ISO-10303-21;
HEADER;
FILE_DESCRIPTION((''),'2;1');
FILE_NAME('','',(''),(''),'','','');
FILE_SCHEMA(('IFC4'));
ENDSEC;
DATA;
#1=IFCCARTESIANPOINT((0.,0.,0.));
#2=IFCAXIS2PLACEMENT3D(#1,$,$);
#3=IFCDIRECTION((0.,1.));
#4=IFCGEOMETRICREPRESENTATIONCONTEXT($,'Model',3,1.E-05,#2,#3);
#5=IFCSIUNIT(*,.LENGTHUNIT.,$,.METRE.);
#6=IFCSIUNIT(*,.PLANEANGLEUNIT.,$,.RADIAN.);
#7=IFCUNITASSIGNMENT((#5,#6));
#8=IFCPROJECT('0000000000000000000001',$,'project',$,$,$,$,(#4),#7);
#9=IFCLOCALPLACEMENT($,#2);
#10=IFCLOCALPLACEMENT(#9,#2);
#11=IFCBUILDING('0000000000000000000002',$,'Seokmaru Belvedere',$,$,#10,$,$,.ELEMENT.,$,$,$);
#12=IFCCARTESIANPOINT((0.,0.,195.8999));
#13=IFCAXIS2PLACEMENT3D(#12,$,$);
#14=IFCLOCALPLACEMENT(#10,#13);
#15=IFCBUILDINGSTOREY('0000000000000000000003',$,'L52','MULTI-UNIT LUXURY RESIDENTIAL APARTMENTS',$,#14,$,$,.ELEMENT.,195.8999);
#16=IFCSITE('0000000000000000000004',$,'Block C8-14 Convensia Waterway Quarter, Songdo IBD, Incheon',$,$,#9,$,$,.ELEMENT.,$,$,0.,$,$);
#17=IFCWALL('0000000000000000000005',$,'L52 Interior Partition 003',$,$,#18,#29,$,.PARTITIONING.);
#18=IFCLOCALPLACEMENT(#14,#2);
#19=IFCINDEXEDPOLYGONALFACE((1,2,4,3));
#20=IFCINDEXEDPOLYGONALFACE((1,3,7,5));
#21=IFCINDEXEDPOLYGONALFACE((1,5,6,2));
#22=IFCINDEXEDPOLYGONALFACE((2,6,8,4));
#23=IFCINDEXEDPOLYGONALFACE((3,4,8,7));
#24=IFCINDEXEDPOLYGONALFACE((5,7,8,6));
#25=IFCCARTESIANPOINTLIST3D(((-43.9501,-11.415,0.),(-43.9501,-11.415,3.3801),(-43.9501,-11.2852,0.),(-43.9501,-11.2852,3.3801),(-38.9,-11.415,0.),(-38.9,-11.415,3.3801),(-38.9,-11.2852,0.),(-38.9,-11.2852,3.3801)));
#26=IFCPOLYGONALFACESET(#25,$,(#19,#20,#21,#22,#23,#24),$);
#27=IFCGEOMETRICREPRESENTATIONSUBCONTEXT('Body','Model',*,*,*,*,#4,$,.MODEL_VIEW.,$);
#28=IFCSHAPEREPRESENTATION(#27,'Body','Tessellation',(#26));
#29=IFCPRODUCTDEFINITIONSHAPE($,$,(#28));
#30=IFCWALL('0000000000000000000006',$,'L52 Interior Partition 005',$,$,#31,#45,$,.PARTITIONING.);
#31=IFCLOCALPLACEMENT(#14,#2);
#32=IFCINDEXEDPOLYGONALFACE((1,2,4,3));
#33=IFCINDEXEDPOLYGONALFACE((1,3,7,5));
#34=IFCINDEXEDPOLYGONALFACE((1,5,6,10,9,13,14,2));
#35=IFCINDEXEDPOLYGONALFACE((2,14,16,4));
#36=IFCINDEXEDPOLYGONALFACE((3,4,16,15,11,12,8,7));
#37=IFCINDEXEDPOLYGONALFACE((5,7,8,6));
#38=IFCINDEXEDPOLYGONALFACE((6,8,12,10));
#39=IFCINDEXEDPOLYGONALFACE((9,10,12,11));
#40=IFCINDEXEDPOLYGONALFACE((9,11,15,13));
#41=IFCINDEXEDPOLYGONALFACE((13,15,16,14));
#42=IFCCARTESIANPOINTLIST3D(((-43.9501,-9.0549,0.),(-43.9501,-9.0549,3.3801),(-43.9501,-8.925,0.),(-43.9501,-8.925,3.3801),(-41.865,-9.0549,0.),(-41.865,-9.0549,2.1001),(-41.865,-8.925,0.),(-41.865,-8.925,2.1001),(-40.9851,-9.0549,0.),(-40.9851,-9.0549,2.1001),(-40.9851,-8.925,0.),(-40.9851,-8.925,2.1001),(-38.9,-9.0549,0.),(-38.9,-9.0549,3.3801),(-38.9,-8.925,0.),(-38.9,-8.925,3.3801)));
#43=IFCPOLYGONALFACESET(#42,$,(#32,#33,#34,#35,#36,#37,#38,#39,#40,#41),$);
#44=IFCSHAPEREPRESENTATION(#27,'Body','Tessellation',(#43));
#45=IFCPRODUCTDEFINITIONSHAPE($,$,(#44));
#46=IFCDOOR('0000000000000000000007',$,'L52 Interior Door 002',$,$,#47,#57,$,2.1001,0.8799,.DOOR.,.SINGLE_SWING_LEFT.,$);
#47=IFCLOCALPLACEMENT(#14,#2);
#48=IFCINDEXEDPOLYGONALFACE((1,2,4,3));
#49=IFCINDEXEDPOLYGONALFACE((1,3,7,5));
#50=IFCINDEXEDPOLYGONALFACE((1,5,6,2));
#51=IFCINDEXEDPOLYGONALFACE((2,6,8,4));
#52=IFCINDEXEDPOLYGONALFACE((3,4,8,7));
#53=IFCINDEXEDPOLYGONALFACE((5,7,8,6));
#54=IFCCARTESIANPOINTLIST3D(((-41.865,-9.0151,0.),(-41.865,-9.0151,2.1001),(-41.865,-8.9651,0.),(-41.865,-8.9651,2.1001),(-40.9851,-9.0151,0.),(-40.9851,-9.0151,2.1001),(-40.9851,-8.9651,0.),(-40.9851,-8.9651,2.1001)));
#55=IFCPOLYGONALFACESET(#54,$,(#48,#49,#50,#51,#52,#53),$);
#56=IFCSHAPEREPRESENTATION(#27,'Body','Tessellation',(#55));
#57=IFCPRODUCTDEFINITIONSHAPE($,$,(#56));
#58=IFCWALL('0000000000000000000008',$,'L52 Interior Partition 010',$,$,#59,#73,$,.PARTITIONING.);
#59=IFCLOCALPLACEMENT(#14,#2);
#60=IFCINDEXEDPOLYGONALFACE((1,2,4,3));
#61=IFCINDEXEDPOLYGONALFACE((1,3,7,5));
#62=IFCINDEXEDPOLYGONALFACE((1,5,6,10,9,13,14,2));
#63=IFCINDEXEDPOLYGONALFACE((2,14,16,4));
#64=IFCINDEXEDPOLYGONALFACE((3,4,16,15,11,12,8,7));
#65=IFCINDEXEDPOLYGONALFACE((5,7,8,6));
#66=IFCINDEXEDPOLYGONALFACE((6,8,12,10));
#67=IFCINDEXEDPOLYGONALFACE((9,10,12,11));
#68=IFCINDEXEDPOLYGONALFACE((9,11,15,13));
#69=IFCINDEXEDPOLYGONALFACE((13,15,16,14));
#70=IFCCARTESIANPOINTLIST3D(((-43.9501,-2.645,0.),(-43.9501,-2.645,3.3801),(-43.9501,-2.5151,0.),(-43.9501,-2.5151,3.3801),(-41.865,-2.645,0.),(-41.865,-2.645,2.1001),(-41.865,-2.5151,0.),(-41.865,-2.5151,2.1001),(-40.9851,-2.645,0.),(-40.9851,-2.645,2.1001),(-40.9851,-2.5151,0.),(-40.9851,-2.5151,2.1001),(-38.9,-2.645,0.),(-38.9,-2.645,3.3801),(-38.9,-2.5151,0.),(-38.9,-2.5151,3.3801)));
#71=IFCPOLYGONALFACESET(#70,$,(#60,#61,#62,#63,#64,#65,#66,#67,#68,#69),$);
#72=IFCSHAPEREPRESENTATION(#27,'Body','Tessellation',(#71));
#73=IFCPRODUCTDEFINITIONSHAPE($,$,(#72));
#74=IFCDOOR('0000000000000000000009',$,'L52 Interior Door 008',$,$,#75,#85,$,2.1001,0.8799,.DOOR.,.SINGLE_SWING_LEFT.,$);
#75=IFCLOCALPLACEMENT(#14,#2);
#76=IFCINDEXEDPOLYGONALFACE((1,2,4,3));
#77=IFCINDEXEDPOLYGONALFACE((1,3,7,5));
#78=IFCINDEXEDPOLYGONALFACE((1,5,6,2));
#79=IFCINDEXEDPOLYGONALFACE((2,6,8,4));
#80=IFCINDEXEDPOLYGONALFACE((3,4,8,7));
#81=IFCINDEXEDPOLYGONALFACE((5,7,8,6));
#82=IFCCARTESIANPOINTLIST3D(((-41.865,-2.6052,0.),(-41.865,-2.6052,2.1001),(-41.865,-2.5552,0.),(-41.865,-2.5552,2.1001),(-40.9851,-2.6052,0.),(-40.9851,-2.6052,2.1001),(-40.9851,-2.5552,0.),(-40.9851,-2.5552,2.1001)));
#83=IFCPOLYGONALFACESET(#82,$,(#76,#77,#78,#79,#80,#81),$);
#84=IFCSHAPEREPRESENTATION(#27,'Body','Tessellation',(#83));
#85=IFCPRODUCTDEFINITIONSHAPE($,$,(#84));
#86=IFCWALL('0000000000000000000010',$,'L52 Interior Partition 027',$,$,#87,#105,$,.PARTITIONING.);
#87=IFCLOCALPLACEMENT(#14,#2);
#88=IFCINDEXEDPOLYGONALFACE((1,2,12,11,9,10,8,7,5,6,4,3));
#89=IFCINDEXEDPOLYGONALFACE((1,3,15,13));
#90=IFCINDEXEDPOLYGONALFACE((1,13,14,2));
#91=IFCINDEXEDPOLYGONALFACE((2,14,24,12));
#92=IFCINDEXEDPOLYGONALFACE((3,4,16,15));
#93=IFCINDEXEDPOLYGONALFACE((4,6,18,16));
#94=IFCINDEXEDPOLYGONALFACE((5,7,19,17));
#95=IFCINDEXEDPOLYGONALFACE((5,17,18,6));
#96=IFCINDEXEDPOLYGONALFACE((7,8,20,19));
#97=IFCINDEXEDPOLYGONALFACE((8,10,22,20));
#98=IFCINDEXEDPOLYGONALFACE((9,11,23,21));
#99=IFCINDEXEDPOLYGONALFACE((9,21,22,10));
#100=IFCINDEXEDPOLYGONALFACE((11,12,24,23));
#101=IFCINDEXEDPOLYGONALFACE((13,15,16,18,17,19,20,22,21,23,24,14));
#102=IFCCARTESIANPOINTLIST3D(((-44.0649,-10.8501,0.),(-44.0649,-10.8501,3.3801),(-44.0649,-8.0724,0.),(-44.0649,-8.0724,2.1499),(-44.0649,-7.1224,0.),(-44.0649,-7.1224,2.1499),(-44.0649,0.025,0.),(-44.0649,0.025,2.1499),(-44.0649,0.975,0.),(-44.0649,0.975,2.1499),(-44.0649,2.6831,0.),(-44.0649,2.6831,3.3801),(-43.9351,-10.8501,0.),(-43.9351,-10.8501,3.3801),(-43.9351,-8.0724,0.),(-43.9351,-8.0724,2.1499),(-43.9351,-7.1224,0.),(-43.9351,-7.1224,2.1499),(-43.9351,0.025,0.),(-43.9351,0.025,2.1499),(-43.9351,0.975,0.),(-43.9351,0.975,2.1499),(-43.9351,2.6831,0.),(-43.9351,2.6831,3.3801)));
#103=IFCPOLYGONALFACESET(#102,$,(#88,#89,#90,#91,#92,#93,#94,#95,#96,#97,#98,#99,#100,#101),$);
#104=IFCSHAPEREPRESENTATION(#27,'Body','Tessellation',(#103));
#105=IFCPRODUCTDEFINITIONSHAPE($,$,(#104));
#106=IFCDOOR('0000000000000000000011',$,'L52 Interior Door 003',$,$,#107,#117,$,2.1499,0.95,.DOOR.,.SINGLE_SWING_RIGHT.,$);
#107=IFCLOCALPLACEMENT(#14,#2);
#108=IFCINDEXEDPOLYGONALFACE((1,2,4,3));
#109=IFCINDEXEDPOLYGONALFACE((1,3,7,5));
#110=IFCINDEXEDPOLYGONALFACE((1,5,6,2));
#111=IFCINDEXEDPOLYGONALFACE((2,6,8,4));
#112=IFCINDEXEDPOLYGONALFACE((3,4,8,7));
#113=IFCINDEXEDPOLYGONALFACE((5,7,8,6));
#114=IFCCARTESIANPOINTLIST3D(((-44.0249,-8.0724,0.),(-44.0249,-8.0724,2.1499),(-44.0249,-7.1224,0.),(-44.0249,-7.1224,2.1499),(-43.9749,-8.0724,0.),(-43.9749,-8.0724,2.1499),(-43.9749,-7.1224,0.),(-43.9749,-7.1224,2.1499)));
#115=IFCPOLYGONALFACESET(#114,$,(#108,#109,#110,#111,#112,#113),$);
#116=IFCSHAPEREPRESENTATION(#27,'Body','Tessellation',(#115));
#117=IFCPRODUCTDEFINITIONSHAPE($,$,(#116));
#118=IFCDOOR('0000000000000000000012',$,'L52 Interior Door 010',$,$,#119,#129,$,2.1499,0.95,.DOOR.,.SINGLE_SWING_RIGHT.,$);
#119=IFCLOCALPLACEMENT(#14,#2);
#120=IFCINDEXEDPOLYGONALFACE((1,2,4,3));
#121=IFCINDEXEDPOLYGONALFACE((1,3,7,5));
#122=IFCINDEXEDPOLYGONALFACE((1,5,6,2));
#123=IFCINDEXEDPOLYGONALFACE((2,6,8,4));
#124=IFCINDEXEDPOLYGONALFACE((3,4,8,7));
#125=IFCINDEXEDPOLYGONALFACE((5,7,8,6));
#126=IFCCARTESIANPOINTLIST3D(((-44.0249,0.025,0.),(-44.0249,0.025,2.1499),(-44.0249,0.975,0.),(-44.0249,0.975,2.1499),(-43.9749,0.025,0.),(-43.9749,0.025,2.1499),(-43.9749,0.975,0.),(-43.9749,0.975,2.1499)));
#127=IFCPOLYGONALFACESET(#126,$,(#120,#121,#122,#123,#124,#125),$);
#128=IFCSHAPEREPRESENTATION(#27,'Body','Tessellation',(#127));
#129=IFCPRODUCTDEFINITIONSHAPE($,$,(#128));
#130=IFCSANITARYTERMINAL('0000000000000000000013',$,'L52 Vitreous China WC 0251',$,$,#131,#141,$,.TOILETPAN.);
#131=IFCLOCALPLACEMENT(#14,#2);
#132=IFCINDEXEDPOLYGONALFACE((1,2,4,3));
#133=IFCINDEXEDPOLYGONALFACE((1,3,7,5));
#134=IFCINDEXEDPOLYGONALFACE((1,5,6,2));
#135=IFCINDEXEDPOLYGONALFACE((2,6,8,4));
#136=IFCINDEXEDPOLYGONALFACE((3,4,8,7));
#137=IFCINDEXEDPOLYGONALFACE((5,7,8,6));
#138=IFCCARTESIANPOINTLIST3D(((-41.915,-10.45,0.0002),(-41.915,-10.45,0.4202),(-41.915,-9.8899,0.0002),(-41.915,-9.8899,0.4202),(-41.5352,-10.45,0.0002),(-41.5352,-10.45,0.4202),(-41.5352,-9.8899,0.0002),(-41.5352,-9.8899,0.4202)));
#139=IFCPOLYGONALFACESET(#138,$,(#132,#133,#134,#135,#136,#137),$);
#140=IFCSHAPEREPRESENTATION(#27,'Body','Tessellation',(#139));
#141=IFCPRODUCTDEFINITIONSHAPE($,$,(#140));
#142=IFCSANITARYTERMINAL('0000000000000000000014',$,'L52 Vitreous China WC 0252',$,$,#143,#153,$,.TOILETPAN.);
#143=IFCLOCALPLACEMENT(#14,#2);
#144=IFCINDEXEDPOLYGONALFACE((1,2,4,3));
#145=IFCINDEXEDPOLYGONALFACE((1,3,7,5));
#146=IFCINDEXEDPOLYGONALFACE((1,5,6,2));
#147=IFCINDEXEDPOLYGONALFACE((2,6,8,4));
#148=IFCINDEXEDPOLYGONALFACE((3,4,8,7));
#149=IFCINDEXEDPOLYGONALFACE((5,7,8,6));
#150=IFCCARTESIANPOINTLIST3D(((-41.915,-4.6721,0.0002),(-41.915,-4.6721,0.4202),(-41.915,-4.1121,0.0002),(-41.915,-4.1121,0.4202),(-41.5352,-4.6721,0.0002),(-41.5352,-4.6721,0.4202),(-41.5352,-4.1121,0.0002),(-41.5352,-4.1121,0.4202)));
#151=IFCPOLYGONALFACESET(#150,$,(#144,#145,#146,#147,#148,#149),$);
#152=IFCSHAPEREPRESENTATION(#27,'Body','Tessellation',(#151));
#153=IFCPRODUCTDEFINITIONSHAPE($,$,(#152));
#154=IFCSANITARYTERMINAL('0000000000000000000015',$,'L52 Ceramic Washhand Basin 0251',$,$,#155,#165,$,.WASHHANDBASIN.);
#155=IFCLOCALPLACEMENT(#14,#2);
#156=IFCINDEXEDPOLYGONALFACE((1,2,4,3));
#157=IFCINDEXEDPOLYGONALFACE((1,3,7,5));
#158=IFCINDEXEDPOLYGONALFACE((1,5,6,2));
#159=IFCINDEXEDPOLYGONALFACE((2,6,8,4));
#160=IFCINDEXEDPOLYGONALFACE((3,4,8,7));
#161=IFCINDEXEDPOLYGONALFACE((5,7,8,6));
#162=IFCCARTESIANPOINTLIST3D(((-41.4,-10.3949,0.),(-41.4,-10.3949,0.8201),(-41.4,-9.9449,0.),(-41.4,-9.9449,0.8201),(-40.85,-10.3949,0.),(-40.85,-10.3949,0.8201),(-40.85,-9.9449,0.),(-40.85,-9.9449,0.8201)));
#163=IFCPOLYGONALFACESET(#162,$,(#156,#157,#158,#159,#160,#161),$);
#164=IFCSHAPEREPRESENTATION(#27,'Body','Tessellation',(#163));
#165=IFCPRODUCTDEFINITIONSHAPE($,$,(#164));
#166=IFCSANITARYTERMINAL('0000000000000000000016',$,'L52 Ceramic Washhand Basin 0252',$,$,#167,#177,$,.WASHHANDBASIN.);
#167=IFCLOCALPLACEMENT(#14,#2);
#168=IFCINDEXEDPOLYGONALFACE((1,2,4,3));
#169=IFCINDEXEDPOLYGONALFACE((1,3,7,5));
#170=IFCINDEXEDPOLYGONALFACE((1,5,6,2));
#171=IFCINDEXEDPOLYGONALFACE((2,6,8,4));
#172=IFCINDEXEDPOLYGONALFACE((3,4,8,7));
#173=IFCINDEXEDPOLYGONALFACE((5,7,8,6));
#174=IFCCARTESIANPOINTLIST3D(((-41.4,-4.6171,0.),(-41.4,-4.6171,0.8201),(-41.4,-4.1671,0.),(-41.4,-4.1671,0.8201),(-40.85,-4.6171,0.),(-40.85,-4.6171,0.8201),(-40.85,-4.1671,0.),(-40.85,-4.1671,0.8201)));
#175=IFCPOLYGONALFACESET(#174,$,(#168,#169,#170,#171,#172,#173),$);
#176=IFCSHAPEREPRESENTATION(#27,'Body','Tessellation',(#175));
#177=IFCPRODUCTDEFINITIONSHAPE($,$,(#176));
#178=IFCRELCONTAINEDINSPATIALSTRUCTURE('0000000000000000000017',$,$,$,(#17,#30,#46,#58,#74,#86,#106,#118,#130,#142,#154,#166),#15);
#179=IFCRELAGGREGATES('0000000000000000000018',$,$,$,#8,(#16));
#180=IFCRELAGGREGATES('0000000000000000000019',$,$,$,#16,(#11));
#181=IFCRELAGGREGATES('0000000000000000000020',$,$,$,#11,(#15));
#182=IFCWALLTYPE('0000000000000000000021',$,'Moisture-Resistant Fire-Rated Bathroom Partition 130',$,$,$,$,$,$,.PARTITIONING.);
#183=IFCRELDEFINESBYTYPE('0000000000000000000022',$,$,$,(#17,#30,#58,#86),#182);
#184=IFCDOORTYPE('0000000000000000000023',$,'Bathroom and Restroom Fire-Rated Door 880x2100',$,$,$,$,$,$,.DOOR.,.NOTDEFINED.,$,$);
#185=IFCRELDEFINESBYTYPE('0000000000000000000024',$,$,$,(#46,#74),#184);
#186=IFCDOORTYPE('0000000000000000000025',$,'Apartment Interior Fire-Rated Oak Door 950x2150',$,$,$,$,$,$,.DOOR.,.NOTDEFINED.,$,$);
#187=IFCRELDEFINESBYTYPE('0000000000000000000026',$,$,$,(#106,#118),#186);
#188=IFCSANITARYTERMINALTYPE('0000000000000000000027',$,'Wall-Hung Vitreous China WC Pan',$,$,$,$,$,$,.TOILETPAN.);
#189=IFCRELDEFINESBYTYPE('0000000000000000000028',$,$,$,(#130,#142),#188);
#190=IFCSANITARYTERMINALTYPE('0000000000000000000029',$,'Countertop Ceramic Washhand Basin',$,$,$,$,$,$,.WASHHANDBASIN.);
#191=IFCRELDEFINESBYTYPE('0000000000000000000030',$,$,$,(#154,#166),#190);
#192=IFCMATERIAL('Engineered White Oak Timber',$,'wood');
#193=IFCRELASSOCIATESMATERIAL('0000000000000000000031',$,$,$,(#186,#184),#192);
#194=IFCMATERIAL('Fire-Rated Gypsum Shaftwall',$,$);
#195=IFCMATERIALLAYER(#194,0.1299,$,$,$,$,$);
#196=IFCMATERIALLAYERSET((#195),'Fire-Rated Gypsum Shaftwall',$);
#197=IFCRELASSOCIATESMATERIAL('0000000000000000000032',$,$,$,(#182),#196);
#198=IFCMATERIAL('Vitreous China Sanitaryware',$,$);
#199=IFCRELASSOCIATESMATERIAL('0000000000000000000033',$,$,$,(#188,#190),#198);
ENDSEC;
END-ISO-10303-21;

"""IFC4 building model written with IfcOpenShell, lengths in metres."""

from ifc_helpers import new_model, si_unit, direction, frame, frame_2d, origin, origin_2d, place, context, subcontext, project, spatial, rectangle, extrude, source, transform, mapped, material, layer, layer_set, type_object, type_shapes, element, fill, save


model = new_model("IFC4")

# Units and contexts
model_context = context("Model", 3, precision=1e-05, world=origin(), true_north=direction((0.0, 1.0)))
body_context = subcontext(model_context, "Body", "Model", "MODEL_VIEW")
ifc_project = project(units=[si_unit("LENGTHUNIT", "METRE"), si_unit("PLANEANGLEUNIT", "RADIAN")], contexts=[model_context])

# Site, building, storey
site_placement = place(None, origin())
site = spatial("IfcSite", under=ifc_project, at=site_placement, Name="Block C8-14 Convensia Waterway Quarter, Songdo IBD, Incheon", CompositionType="ELEMENT", RefElevation=0.0)
building_placement = place(site_placement, origin())
building = spatial("IfcBuilding", under=site, at=building_placement, Name="Seokmaru Belvedere", CompositionType="ELEMENT")
storey_placement = place(building_placement, frame((0.0, 0.0, 195.8999)))
storey = spatial("IfcBuildingStorey", under=building, at=storey_placement, Name="L52", Description="MULTI-UNIT LUXURY RESIDENTIAL APARTMENTS", CompositionType="ELEMENT", Elevation=195.8999)

# Shared definitions
ifc_material_1 = material(Name="Fire-Rated Gypsum Shaftwall")
ifc_material_2 = material(Name="Engineered White Oak Timber", Category="wood")
door_type_1 = type_object("IfcDoorType", Name="Apartment Interior Fire-Rated Oak Door 950x2150", OperationType="NOTDEFINED", PredefinedType="DOOR", material=ifc_material_2)
shared_shape_1 = source(origin(), body_context, "Body", "SweptSolid", [
    extrude(rectangle(XDim=0.95, YDim=2.1499, at=frame_2d((0.4751, 1.075))), frame((0.0, 0.0249, 0.0), z_axis=(0.0, -1.0, 0.0), x_axis=(1.0, 0.0, 0.0)), (0.0, 0.0, 1.0), 0.05),
])
type_shapes(door_type_1, [shared_shape_1])

# Wall
ifc_layer_1 = layer(ifc_material_1, 0.1299)
ifc_layer_set_1 = layer_set([ifc_layer_1], Name="Fire-Rated Gypsum Shaftwall")
wall_type_1 = type_object("IfcWallType", Name="Moisture-Resistant Fire-Rated Bathroom Partition 130", PredefinedType="PARTITIONING", material=ifc_layer_set_1)
wall_1_placement = place(storey_placement, frame((-43.95, -11.3501, 0.0), z_axis=(0.0, 0.0, 1.0), x_axis=(1.0, 0.0, 0.0)))
element("IfcWall", 1, at=wall_1_placement, inside=storey, type_object=wall_type_1, Name="L52 Interior Partition 003", PredefinedType="PARTITIONING", context=body_context, shape_type="SweptSolid", body=[
    extrude(rectangle(XDim=5.05, YDim=0.1299, at=frame_2d((2.5249, 0.0))), origin(), (0.0, 0.0, 1.0), 3.3801),
])

# Walls, openings, doors
wall_2_placement = place(storey_placement, frame((-43.95, -8.99, 0.0), z_axis=(0.0, 0.0, 1.0), x_axis=(1.0, 0.0, 0.0)))
wall_2 = element("IfcWall", 2, at=wall_2_placement, inside=storey, type_object=wall_type_1, Name="L52 Interior Partition 005", PredefinedType="PARTITIONING", context=body_context, shape_type="SweptSolid", body=[
    extrude(rectangle(XDim=5.05, YDim=0.1299, at=frame_2d((2.5249, 0.0))), origin(), (0.0, 0.0, 1.0), 3.3801),
])
opening_1_placement = place(wall_2_placement, frame((2.085, 0.0, 0.0)))
opening_1 = element("IfcOpeningElement", 3, at=opening_1_placement, cuts=wall_2, PredefinedType="OPENING", context=body_context, shape_type="SweptSolid", body=[
    extrude(rectangle(XDim=0.8799, YDim=2.1001, at=frame_2d((0.4399, 1.05))), frame((0.0, 0.075, 0.0), z_axis=(0.0, -1.0, 0.0), x_axis=(1.0, 0.0, 0.0)), (0.0, 0.0, 1.0), 0.1499),
])
door_type_2 = type_object("IfcDoorType", Name="Bathroom and Restroom Fire-Rated Door 880x2100", OperationType="NOTDEFINED", PredefinedType="DOOR", material=ifc_material_2)
shared_shape_2 = source(origin(), body_context, "Body", "SweptSolid", [
    extrude(rectangle(XDim=0.8799, YDim=2.1001, at=frame_2d((0.4399, 1.05))), frame((0.0, 0.0249, 0.0), z_axis=(0.0, -1.0, 0.0), x_axis=(1.0, 0.0, 0.0)), (0.0, 0.0, 1.0), 0.05),
])
type_shapes(door_type_2, [shared_shape_2])
door_1_placement = place(opening_1_placement, origin())
door_1 = element("IfcDoor", 4, at=door_1_placement, inside=storey, type_object=door_type_2, Name="L52 Interior Door 002", OperationType="SINGLE_SWING_LEFT", OverallHeight=2.1001, OverallWidth=0.8799, PredefinedType="DOOR", context=body_context, shape_type="MappedRepresentation", body=[
    mapped(shared_shape_2, transform((0.0, 0.0, 0.0), scale=1.0)),
])
fill(opening_1, door_1)
wall_3_placement = place(storey_placement, frame((-43.95, -2.5801, 0.0), z_axis=(0.0, 0.0, 1.0), x_axis=(1.0, 0.0, 0.0)))
wall_3 = element("IfcWall", 5, at=wall_3_placement, inside=storey, type_object=wall_type_1, Name="L52 Interior Partition 010", PredefinedType="PARTITIONING", context=body_context, shape_type="SweptSolid", body=[
    extrude(rectangle(XDim=5.05, YDim=0.1299, at=frame_2d((2.5249, 0.0))), origin(), (0.0, 0.0, 1.0), 3.3801),
])
opening_2_placement = place(wall_3_placement, frame((2.085, 0.0, 0.0)))
opening_2 = element("IfcOpeningElement", 6, at=opening_2_placement, cuts=wall_3, PredefinedType="OPENING", context=body_context, shape_type="SweptSolid", body=[
    extrude(rectangle(XDim=0.8799, YDim=2.1001, at=frame_2d((0.4399, 1.05))), frame((0.0, 0.075, 0.0), z_axis=(0.0, -1.0, 0.0), x_axis=(1.0, 0.0, 0.0)), (0.0, 0.0, 1.0), 0.1499),
])
door_2_placement = place(opening_2_placement, origin())
door_2 = element("IfcDoor", 7, at=door_2_placement, inside=storey, type_object=door_type_2, Name="L52 Interior Door 008", OperationType="SINGLE_SWING_LEFT", OverallHeight=2.1001, OverallWidth=0.8799, PredefinedType="DOOR", context=body_context, shape_type="MappedRepresentation", body=[
    mapped(shared_shape_2, transform((0.0, 0.0, 0.0), scale=1.0)),
])
fill(opening_2, door_2)

# Wall, openings, doors
wall_4_placement = place(storey_placement, frame((-44.0, -10.8501, 0.0), z_axis=(0.0, 0.0, 1.0), x_axis=(0.0, 1.0, 0.0)))
wall_4 = element("IfcWall", 8, at=wall_4_placement, inside=storey, type_object=wall_type_1, Name="L52 Interior Partition 027", PredefinedType="PARTITIONING", context=body_context, shape_type="SweptSolid", body=[
    extrude(rectangle(XDim=13.5332, YDim=0.1299, at=frame_2d((6.7666, 0.0))), origin(), (0.0, 0.0, 1.0), 3.3801),
])
opening_3_placement = place(wall_4_placement, frame((2.7776, 0.0, 0.0)))
opening_3 = element("IfcOpeningElement", 9, at=opening_3_placement, cuts=wall_4, PredefinedType="OPENING", context=body_context, shape_type="SweptSolid", body=[
    extrude(rectangle(XDim=0.95, YDim=2.1499, at=frame_2d((0.4751, 1.075))), frame((0.0, 0.075, 0.0), z_axis=(0.0, -1.0, 0.0), x_axis=(1.0, 0.0, 0.0)), (0.0, 0.0, 1.0), 0.1499),
])
opening_4_placement = place(wall_4_placement, frame((10.875, 0.0, 0.0)))
opening_4 = element("IfcOpeningElement", 10, at=opening_4_placement, cuts=wall_4, PredefinedType="OPENING", context=body_context, shape_type="SweptSolid", body=[
    extrude(rectangle(XDim=0.95, YDim=2.1499, at=frame_2d((0.4751, 1.075))), frame((0.0, 0.075, 0.0), z_axis=(0.0, -1.0, 0.0), x_axis=(1.0, 0.0, 0.0)), (0.0, 0.0, 1.0), 0.1499),
])
door_3_placement = place(opening_3_placement, origin())
door_3 = element("IfcDoor", 11, at=door_3_placement, inside=storey, type_object=door_type_1, Name="L52 Interior Door 003", OperationType="SINGLE_SWING_RIGHT", OverallHeight=2.1499, OverallWidth=0.95, PredefinedType="DOOR", context=body_context, shape_type="MappedRepresentation", body=[
    mapped(shared_shape_1, transform((0.0, 0.0, 0.0), scale=1.0)),
])
fill(opening_3, door_3)
door_4_placement = place(opening_4_placement, origin())
door_4 = element("IfcDoor", 12, at=door_4_placement, inside=storey, type_object=door_type_1, Name="L52 Interior Door 010", OperationType="SINGLE_SWING_RIGHT", OverallHeight=2.1499, OverallWidth=0.95, PredefinedType="DOOR", context=body_context, shape_type="MappedRepresentation", body=[
    mapped(shared_shape_1, transform((0.0, 0.0, 0.0), scale=1.0)),
])
fill(opening_4, door_4)

# Sanitary terminals
ifc_material_3 = material(Name="Vitreous China Sanitaryware")
sanitary_terminal_type_1 = type_object("IfcSanitaryTerminalType", Name="Wall-Hung Vitreous China WC Pan", PredefinedType="TOILETPAN", material=ifc_material_3)
shared_shape_3 = source(origin(), body_context, "Body", "SweptSolid", [
    extrude(rectangle(XDim=0.3799, YDim=0.5601, at=origin_2d()), origin(), (0.0, 0.0, 1.0), 0.4199),
])
type_shapes(sanitary_terminal_type_1, [shared_shape_3])
for number, where, z_axis, x_axis, name in (
    (13, (-41.7251, -10.1699, 0.0002), (0.0, 0.0, 1.0), (1.0, 0.0, 0.0), "L52 Vitreous China WC 0251"),
    (14, (-41.7251, -4.3921, 0.0002), (0.0, 0.0, 1.0), (1.0, 0.0, 0.0), "L52 Vitreous China WC 0252"),
):
    element("IfcSanitaryTerminal", number, at=place(storey_placement, frame(where, z_axis=z_axis, x_axis=x_axis)), inside=storey, type_object=sanitary_terminal_type_1, Name=name, PredefinedType="TOILETPAN", context=body_context, shape_type="MappedRepresentation", body=[
        mapped(shared_shape_3, transform((0.0, 0.0, 0.0), scale=1.0)),
    ])
sanitary_terminal_type_2 = type_object("IfcSanitaryTerminalType", Name="Countertop Ceramic Washhand Basin", PredefinedType="WASHHANDBASIN", material=ifc_material_3)
shared_shape_4 = source(origin(), body_context, "Body", "SweptSolid", [
    extrude(rectangle(XDim=0.55, YDim=0.45, at=origin_2d()), origin(), (0.0, 0.0, 1.0), 0.8201),
])
type_shapes(sanitary_terminal_type_2, [shared_shape_4])
for number, where, z_axis, x_axis, name in (
    (15, (-41.125, -10.1699, 0.0), (0.0, 0.0, 1.0), (1.0, 0.0, 0.0), "L52 Ceramic Washhand Basin 0251"),
    (16, (-41.125, -4.3921, 0.0), (0.0, 0.0, 1.0), (1.0, 0.0, 0.0), "L52 Ceramic Washhand Basin 0252"),
):
    element("IfcSanitaryTerminal", number, at=place(storey_placement, frame(where, z_axis=z_axis, x_axis=x_axis)), inside=storey, type_object=sanitary_terminal_type_2, Name=name, PredefinedType="WASHHANDBASIN", context=body_context, shape_type="MappedRepresentation", body=[
        mapped(shared_shape_4, transform((0.0, 0.0, 0.0), scale=1.0)),
    ])

save(model, "model.ifc")
